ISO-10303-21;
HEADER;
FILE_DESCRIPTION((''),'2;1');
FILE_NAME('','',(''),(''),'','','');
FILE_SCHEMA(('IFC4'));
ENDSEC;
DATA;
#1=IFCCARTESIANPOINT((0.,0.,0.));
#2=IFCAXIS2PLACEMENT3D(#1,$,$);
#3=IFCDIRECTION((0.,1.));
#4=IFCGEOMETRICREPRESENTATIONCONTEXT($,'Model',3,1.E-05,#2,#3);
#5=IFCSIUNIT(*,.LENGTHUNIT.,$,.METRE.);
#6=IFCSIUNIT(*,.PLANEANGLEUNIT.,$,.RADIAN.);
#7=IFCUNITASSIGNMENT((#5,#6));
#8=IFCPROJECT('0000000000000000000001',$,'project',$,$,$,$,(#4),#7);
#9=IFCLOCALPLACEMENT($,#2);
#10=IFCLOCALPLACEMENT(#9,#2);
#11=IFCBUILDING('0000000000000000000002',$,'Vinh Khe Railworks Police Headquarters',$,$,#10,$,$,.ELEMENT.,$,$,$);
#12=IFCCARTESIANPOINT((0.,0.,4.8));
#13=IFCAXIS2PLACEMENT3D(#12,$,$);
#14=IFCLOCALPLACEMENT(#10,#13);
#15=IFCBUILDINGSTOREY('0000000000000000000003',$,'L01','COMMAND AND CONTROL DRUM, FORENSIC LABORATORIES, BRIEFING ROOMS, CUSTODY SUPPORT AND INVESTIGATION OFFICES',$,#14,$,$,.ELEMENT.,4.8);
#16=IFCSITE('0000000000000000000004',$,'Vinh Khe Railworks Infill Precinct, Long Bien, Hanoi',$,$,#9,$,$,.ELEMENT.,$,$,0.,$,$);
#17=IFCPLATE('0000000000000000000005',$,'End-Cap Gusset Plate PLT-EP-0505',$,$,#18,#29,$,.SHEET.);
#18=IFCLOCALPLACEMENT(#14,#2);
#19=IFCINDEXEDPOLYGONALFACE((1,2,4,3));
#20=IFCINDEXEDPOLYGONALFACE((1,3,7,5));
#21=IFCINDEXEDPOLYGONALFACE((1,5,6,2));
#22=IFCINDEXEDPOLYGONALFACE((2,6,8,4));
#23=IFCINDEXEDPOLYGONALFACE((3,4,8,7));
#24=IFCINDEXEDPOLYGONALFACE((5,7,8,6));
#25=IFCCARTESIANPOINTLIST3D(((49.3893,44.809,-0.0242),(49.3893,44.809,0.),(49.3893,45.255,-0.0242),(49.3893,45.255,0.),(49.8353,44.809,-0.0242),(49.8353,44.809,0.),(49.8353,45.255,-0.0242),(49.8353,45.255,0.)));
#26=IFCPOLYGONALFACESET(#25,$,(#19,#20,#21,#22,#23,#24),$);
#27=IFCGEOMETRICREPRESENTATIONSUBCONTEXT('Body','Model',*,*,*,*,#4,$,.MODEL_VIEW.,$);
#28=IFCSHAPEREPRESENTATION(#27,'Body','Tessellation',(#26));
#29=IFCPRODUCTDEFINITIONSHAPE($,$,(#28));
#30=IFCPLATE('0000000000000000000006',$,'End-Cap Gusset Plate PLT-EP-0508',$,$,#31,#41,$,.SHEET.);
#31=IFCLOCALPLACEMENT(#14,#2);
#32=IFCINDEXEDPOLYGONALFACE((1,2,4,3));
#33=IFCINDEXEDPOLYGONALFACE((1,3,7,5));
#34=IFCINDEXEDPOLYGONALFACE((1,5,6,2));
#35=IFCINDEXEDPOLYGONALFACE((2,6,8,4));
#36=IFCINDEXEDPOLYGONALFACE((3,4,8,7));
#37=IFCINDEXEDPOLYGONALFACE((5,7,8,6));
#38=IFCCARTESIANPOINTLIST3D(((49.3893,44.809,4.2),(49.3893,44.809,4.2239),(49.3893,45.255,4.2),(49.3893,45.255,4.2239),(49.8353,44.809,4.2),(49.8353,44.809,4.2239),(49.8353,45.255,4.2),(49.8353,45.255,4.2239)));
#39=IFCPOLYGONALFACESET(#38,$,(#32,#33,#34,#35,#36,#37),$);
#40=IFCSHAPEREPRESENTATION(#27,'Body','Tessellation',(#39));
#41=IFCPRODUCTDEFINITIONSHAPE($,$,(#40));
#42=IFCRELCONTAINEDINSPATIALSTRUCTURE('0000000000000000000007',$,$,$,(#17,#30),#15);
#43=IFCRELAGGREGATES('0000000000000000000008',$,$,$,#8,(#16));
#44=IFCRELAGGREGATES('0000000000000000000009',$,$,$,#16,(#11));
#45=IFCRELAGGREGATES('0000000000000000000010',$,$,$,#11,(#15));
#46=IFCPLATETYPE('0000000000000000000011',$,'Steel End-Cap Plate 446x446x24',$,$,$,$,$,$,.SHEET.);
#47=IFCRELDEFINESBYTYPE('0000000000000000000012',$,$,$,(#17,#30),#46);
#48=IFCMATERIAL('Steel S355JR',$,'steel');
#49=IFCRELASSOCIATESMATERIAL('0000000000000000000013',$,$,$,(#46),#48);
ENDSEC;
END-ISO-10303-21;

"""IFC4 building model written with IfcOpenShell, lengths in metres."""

from ifc_helpers import new_model, si_unit, direction, frame, origin, origin_2d, place, context, subcontext, project, spatial, rectangle, extrude, material, material_profile, profile_set, type_object, element, save


model = new_model("IFC4")

# Units and contexts
model_context = context("Model", 3, precision=1e-05, world=origin(), true_north=direction((0.0, 1.0)))
body_context = subcontext(model_context, "Body", "Model", "MODEL_VIEW")
ifc_project = project(units=[si_unit("LENGTHUNIT", "METRE"), si_unit("PLANEANGLEUNIT", "RADIAN")], contexts=[model_context])

# Site, building, storey
site_placement = place(None, origin())
site = spatial("IfcSite", under=ifc_project, at=site_placement, Name="Vinh Khe Railworks Infill Precinct, Long Bien, Hanoi", CompositionType="ELEMENT", RefElevation=0.0)
building_placement = place(site_placement, origin())
building = spatial("IfcBuilding", under=site, at=building_placement, Name="Vinh Khe Railworks Police Headquarters", CompositionType="ELEMENT")
storey_placement = place(building_placement, frame((0.0, 0.0, 4.8)))
storey = spatial("IfcBuildingStorey", under=building, at=storey_placement, Name="L01", Description="COMMAND AND CONTROL DRUM, FORENSIC LABORATORIES, BRIEFING ROOMS, CUSTODY SUPPORT AND INVESTIGATION OFFICES", CompositionType="ELEMENT", Elevation=4.8)

# Shared definitions
ifc_material_1 = material(Name="Steel S355JR", Category="steel")

# Plates
ifc_material_profile_1 = material_profile(ifc_material_1, rectangle(XDim=0.446, YDim=0.446, at=origin_2d()), Name="PL 446x446")
ifc_profile_set_1 = profile_set([ifc_material_profile_1], Name="Steel S355JR")
plate_type_1 = type_object("IfcPlateType", Name="Steel End-Cap Plate 446x446x24", PredefinedType="SHEET", material=ifc_profile_set_1)
plate_1_placement = place(storey_placement, frame((49.6123, 45.032, 0.0), z_axis=(0.0, 0.0, -1.0), x_axis=(1.0, 0.0, 0.0)))
element("IfcPlate", 1, at=plate_1_placement, inside=storey, type_object=plate_type_1, Name="End-Cap Gusset Plate PLT-EP-0505", PredefinedType="SHEET", context=body_context, shape_type="SweptSolid", body=[
    extrude(rectangle(XDim=0.446, YDim=0.446, at=origin_2d()), origin(), (0.0, 0.0, 1.0), 0.0242),
])
plate_2_placement = place(storey_placement, frame((49.6123, 45.032, 4.2), z_axis=(0.0, 0.0, 1.0), x_axis=(1.0, 0.0, 0.0)))
element("IfcPlate", 2, at=plate_2_placement, inside=storey, type_object=plate_type_1, Name="End-Cap Gusset Plate PLT-EP-0508", PredefinedType="SHEET", context=body_context, shape_type="SweptSolid", body=[
    extrude(rectangle(XDim=0.446, YDim=0.446, at=origin_2d()), origin(), (0.0, 0.0, 1.0), 0.0239),
])

save(model, "model.ifc")
